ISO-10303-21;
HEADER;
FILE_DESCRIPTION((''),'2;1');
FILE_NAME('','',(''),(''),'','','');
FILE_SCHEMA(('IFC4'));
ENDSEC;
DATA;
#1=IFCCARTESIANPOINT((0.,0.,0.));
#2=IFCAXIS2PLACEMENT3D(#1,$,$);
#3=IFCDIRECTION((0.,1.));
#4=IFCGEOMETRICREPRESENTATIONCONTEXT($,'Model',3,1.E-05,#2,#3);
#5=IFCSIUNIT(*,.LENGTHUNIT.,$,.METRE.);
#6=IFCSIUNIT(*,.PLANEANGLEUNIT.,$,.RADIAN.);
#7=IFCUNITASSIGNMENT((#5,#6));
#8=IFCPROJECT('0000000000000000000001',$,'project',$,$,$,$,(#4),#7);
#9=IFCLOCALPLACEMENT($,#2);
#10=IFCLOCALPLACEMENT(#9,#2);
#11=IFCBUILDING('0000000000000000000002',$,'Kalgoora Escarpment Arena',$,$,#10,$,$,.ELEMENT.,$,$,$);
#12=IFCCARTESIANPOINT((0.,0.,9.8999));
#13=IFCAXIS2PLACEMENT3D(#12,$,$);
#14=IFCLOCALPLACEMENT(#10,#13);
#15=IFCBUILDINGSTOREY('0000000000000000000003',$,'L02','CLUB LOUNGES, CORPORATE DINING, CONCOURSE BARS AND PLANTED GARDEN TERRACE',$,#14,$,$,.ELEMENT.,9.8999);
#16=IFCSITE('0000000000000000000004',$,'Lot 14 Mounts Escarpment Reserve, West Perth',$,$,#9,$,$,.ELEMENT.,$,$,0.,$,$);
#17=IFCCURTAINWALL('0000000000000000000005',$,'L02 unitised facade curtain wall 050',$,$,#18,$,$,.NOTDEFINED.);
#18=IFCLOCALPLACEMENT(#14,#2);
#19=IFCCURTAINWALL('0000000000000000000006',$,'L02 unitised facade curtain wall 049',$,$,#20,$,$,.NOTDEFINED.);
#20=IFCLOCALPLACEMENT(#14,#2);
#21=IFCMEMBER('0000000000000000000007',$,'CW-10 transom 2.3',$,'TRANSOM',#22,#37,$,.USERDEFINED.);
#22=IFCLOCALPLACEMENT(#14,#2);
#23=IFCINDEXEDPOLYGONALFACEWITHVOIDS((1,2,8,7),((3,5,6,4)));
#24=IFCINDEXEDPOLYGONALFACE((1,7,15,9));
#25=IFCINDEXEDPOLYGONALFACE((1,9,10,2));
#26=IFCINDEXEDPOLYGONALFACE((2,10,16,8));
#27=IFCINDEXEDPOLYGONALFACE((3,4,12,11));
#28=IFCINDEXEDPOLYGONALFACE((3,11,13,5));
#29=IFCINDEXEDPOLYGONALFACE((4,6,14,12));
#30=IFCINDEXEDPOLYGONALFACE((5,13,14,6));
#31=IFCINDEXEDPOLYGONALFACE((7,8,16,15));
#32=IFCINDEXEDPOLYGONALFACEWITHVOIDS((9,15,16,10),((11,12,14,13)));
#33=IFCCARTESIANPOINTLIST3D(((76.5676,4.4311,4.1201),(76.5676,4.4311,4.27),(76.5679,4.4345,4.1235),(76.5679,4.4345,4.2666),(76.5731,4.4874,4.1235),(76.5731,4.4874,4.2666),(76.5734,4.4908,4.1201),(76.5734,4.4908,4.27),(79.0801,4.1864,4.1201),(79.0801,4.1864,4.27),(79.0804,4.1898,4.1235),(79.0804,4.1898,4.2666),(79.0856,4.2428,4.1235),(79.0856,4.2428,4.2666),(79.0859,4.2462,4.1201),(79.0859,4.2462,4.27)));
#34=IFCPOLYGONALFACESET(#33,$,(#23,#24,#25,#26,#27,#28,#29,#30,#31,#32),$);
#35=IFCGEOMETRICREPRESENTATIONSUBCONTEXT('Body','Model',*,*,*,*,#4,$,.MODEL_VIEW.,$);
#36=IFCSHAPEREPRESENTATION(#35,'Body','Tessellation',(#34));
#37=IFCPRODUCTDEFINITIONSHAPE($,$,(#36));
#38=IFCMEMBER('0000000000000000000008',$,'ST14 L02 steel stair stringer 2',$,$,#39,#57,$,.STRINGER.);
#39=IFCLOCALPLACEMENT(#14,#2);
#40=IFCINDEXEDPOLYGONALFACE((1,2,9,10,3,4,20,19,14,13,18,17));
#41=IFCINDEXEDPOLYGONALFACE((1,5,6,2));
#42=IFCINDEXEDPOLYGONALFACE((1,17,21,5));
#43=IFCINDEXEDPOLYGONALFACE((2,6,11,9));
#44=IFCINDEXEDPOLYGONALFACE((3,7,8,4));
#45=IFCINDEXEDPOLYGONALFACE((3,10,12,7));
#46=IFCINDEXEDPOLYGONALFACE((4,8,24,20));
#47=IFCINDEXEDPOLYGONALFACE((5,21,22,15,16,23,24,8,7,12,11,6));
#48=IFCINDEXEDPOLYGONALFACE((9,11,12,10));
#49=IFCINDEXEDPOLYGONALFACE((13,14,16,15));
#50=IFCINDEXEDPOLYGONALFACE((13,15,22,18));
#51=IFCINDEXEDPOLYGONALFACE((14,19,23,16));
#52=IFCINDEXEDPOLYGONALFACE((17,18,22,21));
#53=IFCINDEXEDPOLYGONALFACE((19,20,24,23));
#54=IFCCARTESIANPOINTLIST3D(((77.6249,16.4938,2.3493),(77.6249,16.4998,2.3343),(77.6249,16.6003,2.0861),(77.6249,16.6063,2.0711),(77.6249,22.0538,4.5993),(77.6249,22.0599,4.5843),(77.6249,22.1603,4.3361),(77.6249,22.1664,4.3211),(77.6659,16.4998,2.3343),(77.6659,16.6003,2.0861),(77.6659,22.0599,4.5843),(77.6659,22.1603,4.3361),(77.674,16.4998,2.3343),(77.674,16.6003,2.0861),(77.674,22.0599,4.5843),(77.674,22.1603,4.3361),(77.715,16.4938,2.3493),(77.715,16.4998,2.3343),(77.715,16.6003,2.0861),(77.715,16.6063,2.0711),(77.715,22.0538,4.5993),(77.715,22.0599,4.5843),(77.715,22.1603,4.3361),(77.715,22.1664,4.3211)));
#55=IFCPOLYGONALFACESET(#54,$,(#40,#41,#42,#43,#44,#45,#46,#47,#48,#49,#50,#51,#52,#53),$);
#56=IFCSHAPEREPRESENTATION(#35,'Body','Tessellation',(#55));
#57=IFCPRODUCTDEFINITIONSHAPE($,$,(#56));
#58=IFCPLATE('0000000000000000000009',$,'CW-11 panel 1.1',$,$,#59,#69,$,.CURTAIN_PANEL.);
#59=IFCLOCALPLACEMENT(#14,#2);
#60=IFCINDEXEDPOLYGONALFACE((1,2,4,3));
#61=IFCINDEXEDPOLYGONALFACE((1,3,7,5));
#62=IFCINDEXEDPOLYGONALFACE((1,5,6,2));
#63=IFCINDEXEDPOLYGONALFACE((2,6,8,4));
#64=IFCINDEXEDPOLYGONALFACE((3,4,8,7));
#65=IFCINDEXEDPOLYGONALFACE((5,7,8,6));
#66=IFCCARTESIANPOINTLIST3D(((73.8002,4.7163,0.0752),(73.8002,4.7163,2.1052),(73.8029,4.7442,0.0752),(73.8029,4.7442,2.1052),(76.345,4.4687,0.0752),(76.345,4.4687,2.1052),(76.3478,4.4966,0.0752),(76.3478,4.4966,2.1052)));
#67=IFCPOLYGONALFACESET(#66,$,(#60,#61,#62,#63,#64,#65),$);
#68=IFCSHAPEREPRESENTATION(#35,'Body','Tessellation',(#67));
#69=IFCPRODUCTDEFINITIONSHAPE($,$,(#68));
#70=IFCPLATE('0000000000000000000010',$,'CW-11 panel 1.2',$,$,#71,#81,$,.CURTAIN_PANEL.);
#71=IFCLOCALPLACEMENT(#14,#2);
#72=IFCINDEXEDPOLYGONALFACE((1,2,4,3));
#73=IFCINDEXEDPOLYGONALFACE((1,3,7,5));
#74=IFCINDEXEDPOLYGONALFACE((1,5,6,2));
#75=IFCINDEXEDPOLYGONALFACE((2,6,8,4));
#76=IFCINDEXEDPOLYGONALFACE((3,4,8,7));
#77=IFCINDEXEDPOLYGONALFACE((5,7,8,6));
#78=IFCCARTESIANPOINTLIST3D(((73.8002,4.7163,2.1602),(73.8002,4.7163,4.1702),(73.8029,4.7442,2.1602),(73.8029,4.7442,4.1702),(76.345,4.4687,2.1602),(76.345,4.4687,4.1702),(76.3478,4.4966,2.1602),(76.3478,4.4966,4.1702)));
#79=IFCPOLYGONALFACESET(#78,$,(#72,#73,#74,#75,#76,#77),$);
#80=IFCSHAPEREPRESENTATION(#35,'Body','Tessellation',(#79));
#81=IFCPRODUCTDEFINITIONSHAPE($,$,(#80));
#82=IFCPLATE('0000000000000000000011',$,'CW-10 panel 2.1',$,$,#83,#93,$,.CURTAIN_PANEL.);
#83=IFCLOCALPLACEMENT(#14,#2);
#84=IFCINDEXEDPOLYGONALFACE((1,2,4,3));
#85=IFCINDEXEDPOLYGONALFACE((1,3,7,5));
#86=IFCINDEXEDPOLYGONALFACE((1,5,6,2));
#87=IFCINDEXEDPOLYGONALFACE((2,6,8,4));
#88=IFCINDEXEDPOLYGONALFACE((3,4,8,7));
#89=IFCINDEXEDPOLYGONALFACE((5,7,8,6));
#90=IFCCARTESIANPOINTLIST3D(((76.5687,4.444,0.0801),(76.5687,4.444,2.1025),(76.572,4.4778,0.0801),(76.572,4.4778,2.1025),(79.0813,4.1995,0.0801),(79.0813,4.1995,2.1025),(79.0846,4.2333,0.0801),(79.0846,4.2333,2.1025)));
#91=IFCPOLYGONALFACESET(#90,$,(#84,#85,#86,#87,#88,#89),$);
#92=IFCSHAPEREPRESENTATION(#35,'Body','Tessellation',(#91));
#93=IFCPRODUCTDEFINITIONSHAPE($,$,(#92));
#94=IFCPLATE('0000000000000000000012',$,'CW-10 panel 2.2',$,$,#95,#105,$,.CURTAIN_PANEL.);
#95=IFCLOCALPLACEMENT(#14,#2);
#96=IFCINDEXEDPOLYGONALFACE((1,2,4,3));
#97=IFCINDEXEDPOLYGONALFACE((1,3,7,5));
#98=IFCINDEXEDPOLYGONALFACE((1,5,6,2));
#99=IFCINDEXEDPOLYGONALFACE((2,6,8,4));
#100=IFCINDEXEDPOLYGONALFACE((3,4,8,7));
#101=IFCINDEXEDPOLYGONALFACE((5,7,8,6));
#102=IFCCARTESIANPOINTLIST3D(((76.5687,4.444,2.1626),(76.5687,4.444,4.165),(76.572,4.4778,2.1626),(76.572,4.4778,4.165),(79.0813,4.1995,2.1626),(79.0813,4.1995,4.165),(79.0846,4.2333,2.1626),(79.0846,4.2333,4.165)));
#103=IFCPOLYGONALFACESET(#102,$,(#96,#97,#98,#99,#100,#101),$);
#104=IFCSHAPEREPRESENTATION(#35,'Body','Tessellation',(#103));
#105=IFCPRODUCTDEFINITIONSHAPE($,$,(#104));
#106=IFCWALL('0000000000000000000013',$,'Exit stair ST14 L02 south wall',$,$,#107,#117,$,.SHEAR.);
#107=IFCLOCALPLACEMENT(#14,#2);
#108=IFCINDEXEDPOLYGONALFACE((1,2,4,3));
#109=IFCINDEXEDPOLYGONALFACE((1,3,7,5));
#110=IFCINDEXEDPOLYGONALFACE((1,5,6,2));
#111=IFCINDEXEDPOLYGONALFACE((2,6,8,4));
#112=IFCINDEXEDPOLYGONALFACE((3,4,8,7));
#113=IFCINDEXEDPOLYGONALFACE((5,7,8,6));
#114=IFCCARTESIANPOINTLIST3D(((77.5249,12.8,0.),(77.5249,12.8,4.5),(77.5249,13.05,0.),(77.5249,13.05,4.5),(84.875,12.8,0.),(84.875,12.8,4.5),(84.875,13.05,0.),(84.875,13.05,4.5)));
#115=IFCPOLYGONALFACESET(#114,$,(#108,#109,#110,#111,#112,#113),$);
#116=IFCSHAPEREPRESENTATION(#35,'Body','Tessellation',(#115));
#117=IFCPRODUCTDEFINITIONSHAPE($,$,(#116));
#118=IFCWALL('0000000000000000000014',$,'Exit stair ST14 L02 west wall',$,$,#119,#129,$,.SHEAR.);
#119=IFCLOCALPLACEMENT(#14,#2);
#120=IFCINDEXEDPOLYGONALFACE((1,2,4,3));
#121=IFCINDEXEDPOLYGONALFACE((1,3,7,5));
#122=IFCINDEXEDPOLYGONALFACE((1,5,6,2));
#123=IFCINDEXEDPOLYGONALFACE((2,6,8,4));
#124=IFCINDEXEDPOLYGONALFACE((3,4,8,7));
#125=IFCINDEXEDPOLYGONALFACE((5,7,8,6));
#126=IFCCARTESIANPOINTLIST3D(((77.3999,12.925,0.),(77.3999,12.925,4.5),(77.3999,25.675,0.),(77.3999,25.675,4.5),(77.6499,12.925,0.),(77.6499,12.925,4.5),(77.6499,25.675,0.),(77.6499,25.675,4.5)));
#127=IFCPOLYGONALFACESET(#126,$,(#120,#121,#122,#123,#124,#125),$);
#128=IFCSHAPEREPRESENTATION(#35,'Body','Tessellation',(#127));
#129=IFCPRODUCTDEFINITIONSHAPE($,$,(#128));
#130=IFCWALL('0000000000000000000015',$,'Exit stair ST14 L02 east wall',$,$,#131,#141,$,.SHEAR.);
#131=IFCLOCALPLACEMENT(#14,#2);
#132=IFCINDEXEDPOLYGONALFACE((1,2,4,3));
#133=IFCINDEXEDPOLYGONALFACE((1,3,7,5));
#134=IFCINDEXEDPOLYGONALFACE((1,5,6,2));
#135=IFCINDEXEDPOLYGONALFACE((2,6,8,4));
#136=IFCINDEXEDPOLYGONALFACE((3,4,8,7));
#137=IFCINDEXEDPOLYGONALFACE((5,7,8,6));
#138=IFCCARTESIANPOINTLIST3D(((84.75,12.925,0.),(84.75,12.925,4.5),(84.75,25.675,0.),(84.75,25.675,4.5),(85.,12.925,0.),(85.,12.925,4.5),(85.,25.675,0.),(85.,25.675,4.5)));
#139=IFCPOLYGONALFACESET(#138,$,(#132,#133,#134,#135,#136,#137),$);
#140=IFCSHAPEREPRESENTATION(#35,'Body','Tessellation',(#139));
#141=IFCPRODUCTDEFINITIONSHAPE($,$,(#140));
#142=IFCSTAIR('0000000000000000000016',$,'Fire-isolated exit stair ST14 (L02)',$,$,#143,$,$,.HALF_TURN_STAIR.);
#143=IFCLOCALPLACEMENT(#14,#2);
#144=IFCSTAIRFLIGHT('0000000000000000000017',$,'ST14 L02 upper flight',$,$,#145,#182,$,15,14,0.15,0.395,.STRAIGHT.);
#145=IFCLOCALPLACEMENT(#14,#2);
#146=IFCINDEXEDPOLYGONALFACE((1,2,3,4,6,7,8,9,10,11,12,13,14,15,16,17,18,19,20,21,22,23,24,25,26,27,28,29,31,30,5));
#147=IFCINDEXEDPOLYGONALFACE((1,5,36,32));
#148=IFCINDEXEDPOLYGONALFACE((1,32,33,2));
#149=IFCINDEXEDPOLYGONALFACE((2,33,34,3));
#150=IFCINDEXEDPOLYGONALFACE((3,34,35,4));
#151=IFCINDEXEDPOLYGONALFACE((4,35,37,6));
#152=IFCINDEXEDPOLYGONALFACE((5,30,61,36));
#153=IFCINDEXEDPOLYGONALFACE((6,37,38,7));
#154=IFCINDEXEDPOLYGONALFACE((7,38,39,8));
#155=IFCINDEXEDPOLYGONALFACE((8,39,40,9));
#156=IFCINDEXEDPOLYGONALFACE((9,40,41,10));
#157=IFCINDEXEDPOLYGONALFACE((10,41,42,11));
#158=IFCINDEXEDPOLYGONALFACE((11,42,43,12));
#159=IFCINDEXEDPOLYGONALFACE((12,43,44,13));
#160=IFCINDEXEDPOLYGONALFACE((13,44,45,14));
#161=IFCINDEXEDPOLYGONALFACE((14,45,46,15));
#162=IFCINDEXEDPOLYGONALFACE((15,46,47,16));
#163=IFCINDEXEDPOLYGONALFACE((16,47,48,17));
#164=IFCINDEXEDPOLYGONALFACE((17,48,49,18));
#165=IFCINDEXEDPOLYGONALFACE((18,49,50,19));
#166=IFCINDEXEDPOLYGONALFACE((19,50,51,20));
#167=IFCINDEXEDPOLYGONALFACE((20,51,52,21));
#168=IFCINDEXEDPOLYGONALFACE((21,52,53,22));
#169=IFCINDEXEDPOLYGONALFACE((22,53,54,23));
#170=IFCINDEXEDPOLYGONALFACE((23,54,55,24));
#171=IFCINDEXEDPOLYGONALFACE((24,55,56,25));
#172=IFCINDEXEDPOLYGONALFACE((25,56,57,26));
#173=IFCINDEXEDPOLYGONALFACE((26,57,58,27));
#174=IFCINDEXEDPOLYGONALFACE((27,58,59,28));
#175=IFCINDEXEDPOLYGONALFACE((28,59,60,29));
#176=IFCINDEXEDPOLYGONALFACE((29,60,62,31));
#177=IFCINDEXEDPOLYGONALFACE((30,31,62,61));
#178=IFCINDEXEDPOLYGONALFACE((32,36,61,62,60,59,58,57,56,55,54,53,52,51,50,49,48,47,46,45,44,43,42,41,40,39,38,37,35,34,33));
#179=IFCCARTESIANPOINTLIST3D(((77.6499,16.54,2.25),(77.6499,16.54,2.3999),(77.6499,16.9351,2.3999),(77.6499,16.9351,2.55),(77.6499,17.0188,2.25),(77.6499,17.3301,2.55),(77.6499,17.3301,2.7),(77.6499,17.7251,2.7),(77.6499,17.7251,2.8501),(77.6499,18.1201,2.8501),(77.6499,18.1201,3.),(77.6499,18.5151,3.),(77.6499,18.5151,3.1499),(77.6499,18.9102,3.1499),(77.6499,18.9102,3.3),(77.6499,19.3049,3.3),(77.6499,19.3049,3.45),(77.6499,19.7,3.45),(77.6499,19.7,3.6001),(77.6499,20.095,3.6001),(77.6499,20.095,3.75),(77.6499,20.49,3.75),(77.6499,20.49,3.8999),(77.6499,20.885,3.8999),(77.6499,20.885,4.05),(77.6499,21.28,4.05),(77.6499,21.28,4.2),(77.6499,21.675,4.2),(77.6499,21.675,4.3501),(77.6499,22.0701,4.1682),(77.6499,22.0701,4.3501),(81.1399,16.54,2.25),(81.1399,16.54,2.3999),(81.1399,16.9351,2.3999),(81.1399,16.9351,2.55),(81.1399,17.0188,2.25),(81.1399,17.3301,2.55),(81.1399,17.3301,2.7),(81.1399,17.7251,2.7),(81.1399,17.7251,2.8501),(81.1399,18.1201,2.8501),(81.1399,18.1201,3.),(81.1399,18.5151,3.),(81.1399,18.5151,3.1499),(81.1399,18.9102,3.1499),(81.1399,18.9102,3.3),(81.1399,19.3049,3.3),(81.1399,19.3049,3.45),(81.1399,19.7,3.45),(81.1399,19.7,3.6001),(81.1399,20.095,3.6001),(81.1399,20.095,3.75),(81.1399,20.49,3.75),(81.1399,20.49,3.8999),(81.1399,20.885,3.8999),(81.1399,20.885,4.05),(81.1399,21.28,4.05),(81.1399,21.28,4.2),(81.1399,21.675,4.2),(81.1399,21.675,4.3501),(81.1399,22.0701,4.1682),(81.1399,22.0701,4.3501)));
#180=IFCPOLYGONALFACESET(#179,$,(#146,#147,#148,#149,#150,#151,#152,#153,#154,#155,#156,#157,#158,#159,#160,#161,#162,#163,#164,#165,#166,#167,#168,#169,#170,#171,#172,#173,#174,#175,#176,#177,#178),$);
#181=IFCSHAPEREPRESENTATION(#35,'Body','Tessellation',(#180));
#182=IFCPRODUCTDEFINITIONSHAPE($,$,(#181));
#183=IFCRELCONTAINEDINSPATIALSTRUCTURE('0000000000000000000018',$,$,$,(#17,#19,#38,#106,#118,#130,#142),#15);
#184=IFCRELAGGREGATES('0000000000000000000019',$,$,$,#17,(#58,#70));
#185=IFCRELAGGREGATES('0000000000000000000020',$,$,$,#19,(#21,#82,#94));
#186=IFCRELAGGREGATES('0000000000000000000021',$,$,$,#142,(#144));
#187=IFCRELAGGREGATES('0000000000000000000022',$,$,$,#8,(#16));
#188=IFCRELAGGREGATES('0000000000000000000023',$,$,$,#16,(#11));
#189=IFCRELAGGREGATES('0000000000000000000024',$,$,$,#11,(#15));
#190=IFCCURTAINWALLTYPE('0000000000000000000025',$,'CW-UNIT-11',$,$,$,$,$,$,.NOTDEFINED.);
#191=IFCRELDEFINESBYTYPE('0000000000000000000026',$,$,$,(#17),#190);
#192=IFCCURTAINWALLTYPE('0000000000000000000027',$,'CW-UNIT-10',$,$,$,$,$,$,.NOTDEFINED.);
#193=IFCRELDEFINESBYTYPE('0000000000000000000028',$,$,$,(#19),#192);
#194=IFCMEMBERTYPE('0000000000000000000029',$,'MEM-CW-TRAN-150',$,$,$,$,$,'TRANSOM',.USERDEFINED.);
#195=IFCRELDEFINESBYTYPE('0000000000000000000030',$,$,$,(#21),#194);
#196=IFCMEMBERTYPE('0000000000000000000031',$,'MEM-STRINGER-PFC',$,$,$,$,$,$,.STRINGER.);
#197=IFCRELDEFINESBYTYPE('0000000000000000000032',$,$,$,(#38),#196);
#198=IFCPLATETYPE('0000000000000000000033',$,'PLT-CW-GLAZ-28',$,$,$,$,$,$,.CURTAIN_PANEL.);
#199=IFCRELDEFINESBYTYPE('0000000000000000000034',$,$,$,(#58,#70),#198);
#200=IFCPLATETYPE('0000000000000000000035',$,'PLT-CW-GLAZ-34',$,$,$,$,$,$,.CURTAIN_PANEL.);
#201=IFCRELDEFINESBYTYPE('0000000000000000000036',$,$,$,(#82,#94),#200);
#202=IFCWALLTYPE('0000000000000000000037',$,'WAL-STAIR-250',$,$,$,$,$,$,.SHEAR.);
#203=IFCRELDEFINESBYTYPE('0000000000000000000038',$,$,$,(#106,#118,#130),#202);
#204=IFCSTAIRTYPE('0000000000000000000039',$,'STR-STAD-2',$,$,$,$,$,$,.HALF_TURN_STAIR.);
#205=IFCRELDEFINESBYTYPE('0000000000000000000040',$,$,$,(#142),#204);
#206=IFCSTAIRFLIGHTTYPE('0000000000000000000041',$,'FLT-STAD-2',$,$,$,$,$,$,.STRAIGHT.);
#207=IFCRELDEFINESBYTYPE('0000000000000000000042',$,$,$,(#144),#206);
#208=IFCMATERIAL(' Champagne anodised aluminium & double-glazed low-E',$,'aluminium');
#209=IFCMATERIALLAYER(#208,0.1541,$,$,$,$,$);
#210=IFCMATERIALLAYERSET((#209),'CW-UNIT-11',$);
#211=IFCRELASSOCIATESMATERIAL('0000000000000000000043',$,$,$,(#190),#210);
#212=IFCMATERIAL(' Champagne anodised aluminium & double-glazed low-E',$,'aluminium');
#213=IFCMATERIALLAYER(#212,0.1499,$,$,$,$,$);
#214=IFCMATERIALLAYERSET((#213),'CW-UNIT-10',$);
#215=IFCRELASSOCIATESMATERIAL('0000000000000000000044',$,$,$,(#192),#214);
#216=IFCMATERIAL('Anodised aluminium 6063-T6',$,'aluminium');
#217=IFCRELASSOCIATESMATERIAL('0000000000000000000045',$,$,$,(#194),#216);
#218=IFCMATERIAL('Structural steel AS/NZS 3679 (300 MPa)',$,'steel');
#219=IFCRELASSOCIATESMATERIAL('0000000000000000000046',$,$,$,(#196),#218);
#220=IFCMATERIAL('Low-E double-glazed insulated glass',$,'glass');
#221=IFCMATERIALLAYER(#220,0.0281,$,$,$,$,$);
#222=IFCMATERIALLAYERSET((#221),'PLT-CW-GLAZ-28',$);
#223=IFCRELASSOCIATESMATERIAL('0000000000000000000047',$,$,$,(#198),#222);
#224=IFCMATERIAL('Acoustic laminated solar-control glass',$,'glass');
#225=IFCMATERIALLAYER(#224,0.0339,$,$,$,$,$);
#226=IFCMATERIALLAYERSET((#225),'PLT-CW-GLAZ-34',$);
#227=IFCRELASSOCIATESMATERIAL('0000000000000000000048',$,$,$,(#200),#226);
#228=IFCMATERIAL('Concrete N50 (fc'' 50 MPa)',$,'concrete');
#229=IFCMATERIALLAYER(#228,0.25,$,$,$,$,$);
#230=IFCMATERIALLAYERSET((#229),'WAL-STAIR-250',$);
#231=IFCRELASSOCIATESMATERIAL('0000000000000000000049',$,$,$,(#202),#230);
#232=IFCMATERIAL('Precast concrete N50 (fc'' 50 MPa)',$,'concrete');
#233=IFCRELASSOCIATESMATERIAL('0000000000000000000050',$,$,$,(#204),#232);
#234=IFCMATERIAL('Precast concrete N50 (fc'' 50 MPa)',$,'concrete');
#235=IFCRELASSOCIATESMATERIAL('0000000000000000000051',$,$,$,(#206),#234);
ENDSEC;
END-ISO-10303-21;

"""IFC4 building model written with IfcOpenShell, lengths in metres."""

from ifc_helpers import new_model, si_unit, direction, frame, frame_2d, origin, origin_2d, place, context, subcontext, project, spatial, polyline, rectangle, hollow_rectangle, i_section, outline, extrude, material, layer, layer_set, material_profile, profile_set, type_object, element, aggregate, save


model = new_model("IFC4")

# Units and contexts
model_context = context("Model", 3, precision=1e-05, world=origin(), true_north=direction((0.0, 1.0)))
body_context = subcontext(model_context, "Body", "Model", "MODEL_VIEW")
ifc_project = project(units=[si_unit("LENGTHUNIT", "METRE"), si_unit("PLANEANGLEUNIT", "RADIAN")], contexts=[model_context])

# Site, building, storey
site_placement = place(None, origin())
site = spatial("IfcSite", under=ifc_project, at=site_placement, Name="Lot 14 Mounts Escarpment Reserve, West Perth", CompositionType="ELEMENT", RefElevation=0.0)
building_placement = place(site_placement, origin())
building = spatial("IfcBuilding", under=site, at=building_placement, Name="Kalgoora Escarpment Arena", CompositionType="ELEMENT")
storey_placement = place(building_placement, frame((0.0, 0.0, 9.8999)))
storey = spatial("IfcBuildingStorey", under=building, at=storey_placement, Name="L02", Description="CLUB LOUNGES, CORPORATE DINING, CONCOURSE BARS AND PLANTED GARDEN TERRACE", CompositionType="ELEMENT", Elevation=9.8999)

# Curtain walls
ifc_material_1 = material(Name=" Champagne anodised aluminium & double-glazed low-E", Category="aluminium")
ifc_layer_1 = layer(ifc_material_1, 0.1541)
ifc_layer_set_1 = layer_set([ifc_layer_1], Name="CW-UNIT-11")
curtain_wall_type_1 = type_object("IfcCurtainWallType", Name="CW-UNIT-11", PredefinedType="NOTDEFINED", material=ifc_layer_set_1)
curtain_wall_1_placement = place(storey_placement, origin())
curtain_wall_1 = element("IfcCurtainWall", 1, at=curtain_wall_1_placement, inside=storey, type_object=curtain_wall_type_1, Name="L02 unitised facade curtain wall 050", PredefinedType="NOTDEFINED")
ifc_material_2 = material(Name=" Champagne anodised aluminium & double-glazed low-E", Category="aluminium")
ifc_layer_2 = layer(ifc_material_2, 0.1499)
ifc_layer_set_2 = layer_set([ifc_layer_2], Name="CW-UNIT-10")
curtain_wall_type_2 = type_object("IfcCurtainWallType", Name="CW-UNIT-10", PredefinedType="NOTDEFINED", material=ifc_layer_set_2)
curtain_wall_2_placement = place(storey_placement, origin())
curtain_wall_2 = element("IfcCurtainWall", 2, at=curtain_wall_2_placement, inside=storey, type_object=curtain_wall_type_2, Name="L02 unitised facade curtain wall 049", PredefinedType="NOTDEFINED")

# Members
ifc_material_3 = material(Name="Anodised aluminium 6063-T6", Category="aluminium")
ifc_material_profile_1 = material_profile(ifc_material_3, hollow_rectangle(XDim=0.0601, YDim=0.1499, WallThickness=0.0034, at=origin_2d()))
ifc_profile_set_1 = profile_set([ifc_material_profile_1], Name="Anodised aluminium 6063-T6")
member_type_1 = type_object("IfcMemberType", Name="MEM-CW-TRAN-150", ElementType="TRANSOM", PredefinedType="USERDEFINED", material=ifc_profile_set_1)
member_1_placement = place(storey_placement, frame((79.083, 4.2163, 4.1951), z_axis=(-0.995293, 0.096908, 0.0), x_axis=(-0.096908, -0.995293, 0.0)))
member_1 = element("IfcMember", 3, at=member_1_placement, type_object=member_type_1, Name="CW-10 transom 2.3", ObjectType="TRANSOM", PredefinedType="USERDEFINED", context=body_context, shape_type="SweptSolid", body=[
    extrude(hollow_rectangle(XDim=0.0601, YDim=0.1499, WallThickness=0.0034, at=origin_2d()), origin(), (0.0, 0.0, 1.0), 2.5244),
])
ifc_material_4 = material(Name="Structural steel AS/NZS 3679 (300 MPa)", Category="steel")
ifc_material_profile_2 = material_profile(ifc_material_4, i_section(OverallWidth=0.0901, OverallDepth=0.3, WebThickness=0.0081, FlangeThickness=0.0161, at=origin_2d()))
ifc_profile_set_2 = profile_set([ifc_material_profile_2], Name="Structural steel AS/NZS 3679 (300 MPa)")
member_type_2 = type_object("IfcMemberType", Name="MEM-STRINGER-PFC", PredefinedType="STRINGER", material=ifc_profile_set_2)
member_2_placement = place(storey_placement, frame((77.6699, 16.55, 2.2102), z_axis=(0.0, 0.926976, 0.375121), x_axis=(-1.0, 0.0, 0.0)))
element("IfcMember", 4, at=member_2_placement, inside=storey, type_object=member_type_2, Name="ST14 L02 steel stair stringer 2", PredefinedType="STRINGER", context=body_context, shape_type="SweptSolid", body=[
    extrude(i_section(OverallWidth=0.0901, OverallDepth=0.3, WebThickness=0.0081, FlangeThickness=0.0161, at=origin_2d()), origin(), (0.0, 0.0, 1.0), 5.998),
])

# Plates
ifc_material_5 = material(Name="Low-E double-glazed insulated glass", Category="glass")
ifc_layer_3 = layer(ifc_material_5, 0.0281)
ifc_layer_set_3 = layer_set([ifc_layer_3], Name="PLT-CW-GLAZ-28")
plate_type_1 = type_object("IfcPlateType", Name="PLT-CW-GLAZ-28", PredefinedType="CURTAIN_PANEL", material=ifc_layer_set_3)
plate_1_placement = place(storey_placement, frame((75.074, 4.6064, 0.0752), z_axis=(0.0, 0.0, 1.0), x_axis=(-0.995299, 0.096853, 0.0)))
plate_1 = element("IfcPlate", 5, at=plate_1_placement, type_object=plate_type_1, Name="CW-11 panel 1.1", PredefinedType="CURTAIN_PANEL", context=body_context, shape_type="SweptSolid", body=[
    extrude(rectangle(XDim=2.5569, YDim=0.0281, at=origin_2d()), origin(), (0.0, 0.0, 1.0), 2.03),
])
plate_2_placement = place(storey_placement, frame((75.074, 4.6064, 2.1602), z_axis=(0.0, 0.0, 1.0), x_axis=(-0.995299, 0.096853, 0.0)))
plate_2 = element("IfcPlate", 6, at=plate_2_placement, type_object=plate_type_1, Name="CW-11 panel 1.2", PredefinedType="CURTAIN_PANEL", context=body_context, shape_type="SweptSolid", body=[
    extrude(rectangle(XDim=2.5569, YDim=0.0281, at=origin_2d()), origin(), (0.0, 0.0, 1.0), 2.01),
])
aggregate(curtain_wall_1, [plate_1, plate_2])
ifc_material_6 = material(Name="Acoustic laminated solar-control glass", Category="glass")
ifc_layer_4 = layer(ifc_material_6, 0.0339)
ifc_layer_set_4 = layer_set([ifc_layer_4], Name="PLT-CW-GLAZ-34")
plate_type_2 = type_object("IfcPlateType", Name="PLT-CW-GLAZ-34", PredefinedType="CURTAIN_PANEL", material=ifc_layer_set_4)
plate_3_placement = place(storey_placement, frame((77.8267, 4.3386, 0.0801), z_axis=(0.0, 0.0, 1.0), x_axis=(-0.995298, 0.09686, 0.0)))
plate_3 = element("IfcPlate", 7, at=plate_3_placement, type_object=plate_type_2, Name="CW-10 panel 2.1", PredefinedType="CURTAIN_PANEL", context=body_context, shape_type="SweptSolid", body=[
    extrude(rectangle(XDim=2.5244, YDim=0.0339, at=origin_2d()), origin(), (0.0, 0.0, 1.0), 2.0225),
])
plate_4_placement = place(storey_placement, frame((77.8267, 4.3386, 2.1626), z_axis=(0.0, 0.0, 1.0), x_axis=(-0.995298, 0.09686, 0.0)))
plate_4 = element("IfcPlate", 8, at=plate_4_placement, type_object=plate_type_2, Name="CW-10 panel 2.2", PredefinedType="CURTAIN_PANEL", context=body_context, shape_type="SweptSolid", body=[
    extrude(rectangle(XDim=2.5244, YDim=0.0339, at=origin_2d()), origin(), (0.0, 0.0, 1.0), 2.0024),
])
aggregate(curtain_wall_2, [member_1, plate_3, plate_4])

# Walls
ifc_material_7 = material(Name="Concrete N50 (fc' 50 MPa)", Category="concrete")
ifc_layer_5 = layer(ifc_material_7, 0.25)
ifc_layer_set_5 = layer_set([ifc_layer_5], Name="WAL-STAIR-250")
wall_type = type_object("IfcWallType", Name="WAL-STAIR-250", PredefinedType="SHEAR", material=ifc_layer_set_5)
wall_placement = place(storey_placement, frame((77.5249, 12.925, 0.0), z_axis=(0.0, 0.0, 1.0), x_axis=(1.0, 0.0, 0.0)))
element("IfcWall", 9, at=wall_placement, inside=storey, type_object=wall_type, Name="Exit stair ST14 L02 south wall", PredefinedType="SHEAR", context=body_context, shape_type="SweptSolid", body=[
    extrude(rectangle(XDim=7.3501, YDim=0.25, at=frame_2d((3.675, 0.0))), origin(), (0.0, 0.0, 1.0), 4.5),
])
for number, where, z_axis, x_axis, name in (
    (10, (77.5249, 12.925, 0.0), (0.0, 0.0, 1.0), (0.0, 1.0, 0.0), "Exit stair ST14 L02 west wall"),
    (11, (84.875, 12.925, 0.0), (0.0, 0.0, 1.0), (0.0, 1.0, 0.0), "Exit stair ST14 L02 east wall"),
):
    element("IfcWall", number, at=place(storey_placement, frame(where, z_axis=z_axis, x_axis=x_axis)), inside=storey, type_object=wall_type, Name=name, PredefinedType="SHEAR", context=body_context, shape_type="SweptSolid", body=[
        extrude(rectangle(XDim=12.75, YDim=0.25, at=frame_2d((6.375, 0.0))), origin(), (0.0, 0.0, 1.0), 4.5),
    ])

# Stair, stair flight
ifc_material_8 = material(Name="Precast concrete N50 (fc' 50 MPa)", Category="concrete")
stair_type = type_object("IfcStairType", Name="STR-STAD-2", PredefinedType="HALF_TURN_STAIR", material=ifc_material_8)
stair_placement = place(storey_placement, origin())
stair = element("IfcStair", 12, at=stair_placement, inside=storey, type_object=stair_type, Name="Fire-isolated exit stair ST14 (L02)", PredefinedType="HALF_TURN_STAIR")
ifc_material_9 = material(Name="Precast concrete N50 (fc' 50 MPa)", Category="concrete")
stair_flight_type = type_object("IfcStairFlightType", Name="FLT-STAD-2", PredefinedType="STRAIGHT", material=ifc_material_9)
stair_flight_placement = place(storey_placement, frame((79.395, 16.54, 2.25), z_axis=(0.0, 0.0, 1.0), x_axis=(0.0, 1.0, 0.0)))
stair_flight = element("IfcStairFlight", 13, at=stair_flight_placement, type_object=stair_flight_type, Name="ST14 L02 upper flight", NumberOfRisers=15, NumberOfTreads=14, PredefinedType="STRAIGHT", RiserHeight=0.15, TreadLength=0.395, context=body_context, shape_type="SweptSolid", body=[
    extrude(outline(polyline([(0.0, 0.0), (0.0, 0.1499), (0.395, 0.1499), (0.395, 0.3), (0.79, 0.3), (0.79, 0.45), (1.1851, 0.45), (1.1851, 0.6001), (1.5801, 0.6001), (1.5801, 0.75), (1.9751, 0.75), (1.9751, 0.8999), (2.3701, 0.8999), (2.3701, 1.05), (2.7649, 1.05), (2.7649, 1.2), (3.1599, 1.2), (3.1599, 1.3501), (3.5549, 1.3501), (3.5549, 1.5), (3.95, 1.5), (3.95, 1.6499), (4.345, 1.6499), (4.345, 1.8), (4.74, 1.8), (4.74, 1.95), (5.135, 1.95), (5.135, 2.1001), (5.53, 2.1001), (5.53, 2.25), (5.53, 1.9182), (0.4788, 0.0), (0.0, 0.0)])), frame((0.0, 1.7451, 0.0), z_axis=(0.0, -1.0, 0.0), x_axis=(1.0, 0.0, 0.0)), (0.0, 0.0, 1.0), 3.49),
])
aggregate(stair, [stair_flight])

save(model, "model.ifc")
